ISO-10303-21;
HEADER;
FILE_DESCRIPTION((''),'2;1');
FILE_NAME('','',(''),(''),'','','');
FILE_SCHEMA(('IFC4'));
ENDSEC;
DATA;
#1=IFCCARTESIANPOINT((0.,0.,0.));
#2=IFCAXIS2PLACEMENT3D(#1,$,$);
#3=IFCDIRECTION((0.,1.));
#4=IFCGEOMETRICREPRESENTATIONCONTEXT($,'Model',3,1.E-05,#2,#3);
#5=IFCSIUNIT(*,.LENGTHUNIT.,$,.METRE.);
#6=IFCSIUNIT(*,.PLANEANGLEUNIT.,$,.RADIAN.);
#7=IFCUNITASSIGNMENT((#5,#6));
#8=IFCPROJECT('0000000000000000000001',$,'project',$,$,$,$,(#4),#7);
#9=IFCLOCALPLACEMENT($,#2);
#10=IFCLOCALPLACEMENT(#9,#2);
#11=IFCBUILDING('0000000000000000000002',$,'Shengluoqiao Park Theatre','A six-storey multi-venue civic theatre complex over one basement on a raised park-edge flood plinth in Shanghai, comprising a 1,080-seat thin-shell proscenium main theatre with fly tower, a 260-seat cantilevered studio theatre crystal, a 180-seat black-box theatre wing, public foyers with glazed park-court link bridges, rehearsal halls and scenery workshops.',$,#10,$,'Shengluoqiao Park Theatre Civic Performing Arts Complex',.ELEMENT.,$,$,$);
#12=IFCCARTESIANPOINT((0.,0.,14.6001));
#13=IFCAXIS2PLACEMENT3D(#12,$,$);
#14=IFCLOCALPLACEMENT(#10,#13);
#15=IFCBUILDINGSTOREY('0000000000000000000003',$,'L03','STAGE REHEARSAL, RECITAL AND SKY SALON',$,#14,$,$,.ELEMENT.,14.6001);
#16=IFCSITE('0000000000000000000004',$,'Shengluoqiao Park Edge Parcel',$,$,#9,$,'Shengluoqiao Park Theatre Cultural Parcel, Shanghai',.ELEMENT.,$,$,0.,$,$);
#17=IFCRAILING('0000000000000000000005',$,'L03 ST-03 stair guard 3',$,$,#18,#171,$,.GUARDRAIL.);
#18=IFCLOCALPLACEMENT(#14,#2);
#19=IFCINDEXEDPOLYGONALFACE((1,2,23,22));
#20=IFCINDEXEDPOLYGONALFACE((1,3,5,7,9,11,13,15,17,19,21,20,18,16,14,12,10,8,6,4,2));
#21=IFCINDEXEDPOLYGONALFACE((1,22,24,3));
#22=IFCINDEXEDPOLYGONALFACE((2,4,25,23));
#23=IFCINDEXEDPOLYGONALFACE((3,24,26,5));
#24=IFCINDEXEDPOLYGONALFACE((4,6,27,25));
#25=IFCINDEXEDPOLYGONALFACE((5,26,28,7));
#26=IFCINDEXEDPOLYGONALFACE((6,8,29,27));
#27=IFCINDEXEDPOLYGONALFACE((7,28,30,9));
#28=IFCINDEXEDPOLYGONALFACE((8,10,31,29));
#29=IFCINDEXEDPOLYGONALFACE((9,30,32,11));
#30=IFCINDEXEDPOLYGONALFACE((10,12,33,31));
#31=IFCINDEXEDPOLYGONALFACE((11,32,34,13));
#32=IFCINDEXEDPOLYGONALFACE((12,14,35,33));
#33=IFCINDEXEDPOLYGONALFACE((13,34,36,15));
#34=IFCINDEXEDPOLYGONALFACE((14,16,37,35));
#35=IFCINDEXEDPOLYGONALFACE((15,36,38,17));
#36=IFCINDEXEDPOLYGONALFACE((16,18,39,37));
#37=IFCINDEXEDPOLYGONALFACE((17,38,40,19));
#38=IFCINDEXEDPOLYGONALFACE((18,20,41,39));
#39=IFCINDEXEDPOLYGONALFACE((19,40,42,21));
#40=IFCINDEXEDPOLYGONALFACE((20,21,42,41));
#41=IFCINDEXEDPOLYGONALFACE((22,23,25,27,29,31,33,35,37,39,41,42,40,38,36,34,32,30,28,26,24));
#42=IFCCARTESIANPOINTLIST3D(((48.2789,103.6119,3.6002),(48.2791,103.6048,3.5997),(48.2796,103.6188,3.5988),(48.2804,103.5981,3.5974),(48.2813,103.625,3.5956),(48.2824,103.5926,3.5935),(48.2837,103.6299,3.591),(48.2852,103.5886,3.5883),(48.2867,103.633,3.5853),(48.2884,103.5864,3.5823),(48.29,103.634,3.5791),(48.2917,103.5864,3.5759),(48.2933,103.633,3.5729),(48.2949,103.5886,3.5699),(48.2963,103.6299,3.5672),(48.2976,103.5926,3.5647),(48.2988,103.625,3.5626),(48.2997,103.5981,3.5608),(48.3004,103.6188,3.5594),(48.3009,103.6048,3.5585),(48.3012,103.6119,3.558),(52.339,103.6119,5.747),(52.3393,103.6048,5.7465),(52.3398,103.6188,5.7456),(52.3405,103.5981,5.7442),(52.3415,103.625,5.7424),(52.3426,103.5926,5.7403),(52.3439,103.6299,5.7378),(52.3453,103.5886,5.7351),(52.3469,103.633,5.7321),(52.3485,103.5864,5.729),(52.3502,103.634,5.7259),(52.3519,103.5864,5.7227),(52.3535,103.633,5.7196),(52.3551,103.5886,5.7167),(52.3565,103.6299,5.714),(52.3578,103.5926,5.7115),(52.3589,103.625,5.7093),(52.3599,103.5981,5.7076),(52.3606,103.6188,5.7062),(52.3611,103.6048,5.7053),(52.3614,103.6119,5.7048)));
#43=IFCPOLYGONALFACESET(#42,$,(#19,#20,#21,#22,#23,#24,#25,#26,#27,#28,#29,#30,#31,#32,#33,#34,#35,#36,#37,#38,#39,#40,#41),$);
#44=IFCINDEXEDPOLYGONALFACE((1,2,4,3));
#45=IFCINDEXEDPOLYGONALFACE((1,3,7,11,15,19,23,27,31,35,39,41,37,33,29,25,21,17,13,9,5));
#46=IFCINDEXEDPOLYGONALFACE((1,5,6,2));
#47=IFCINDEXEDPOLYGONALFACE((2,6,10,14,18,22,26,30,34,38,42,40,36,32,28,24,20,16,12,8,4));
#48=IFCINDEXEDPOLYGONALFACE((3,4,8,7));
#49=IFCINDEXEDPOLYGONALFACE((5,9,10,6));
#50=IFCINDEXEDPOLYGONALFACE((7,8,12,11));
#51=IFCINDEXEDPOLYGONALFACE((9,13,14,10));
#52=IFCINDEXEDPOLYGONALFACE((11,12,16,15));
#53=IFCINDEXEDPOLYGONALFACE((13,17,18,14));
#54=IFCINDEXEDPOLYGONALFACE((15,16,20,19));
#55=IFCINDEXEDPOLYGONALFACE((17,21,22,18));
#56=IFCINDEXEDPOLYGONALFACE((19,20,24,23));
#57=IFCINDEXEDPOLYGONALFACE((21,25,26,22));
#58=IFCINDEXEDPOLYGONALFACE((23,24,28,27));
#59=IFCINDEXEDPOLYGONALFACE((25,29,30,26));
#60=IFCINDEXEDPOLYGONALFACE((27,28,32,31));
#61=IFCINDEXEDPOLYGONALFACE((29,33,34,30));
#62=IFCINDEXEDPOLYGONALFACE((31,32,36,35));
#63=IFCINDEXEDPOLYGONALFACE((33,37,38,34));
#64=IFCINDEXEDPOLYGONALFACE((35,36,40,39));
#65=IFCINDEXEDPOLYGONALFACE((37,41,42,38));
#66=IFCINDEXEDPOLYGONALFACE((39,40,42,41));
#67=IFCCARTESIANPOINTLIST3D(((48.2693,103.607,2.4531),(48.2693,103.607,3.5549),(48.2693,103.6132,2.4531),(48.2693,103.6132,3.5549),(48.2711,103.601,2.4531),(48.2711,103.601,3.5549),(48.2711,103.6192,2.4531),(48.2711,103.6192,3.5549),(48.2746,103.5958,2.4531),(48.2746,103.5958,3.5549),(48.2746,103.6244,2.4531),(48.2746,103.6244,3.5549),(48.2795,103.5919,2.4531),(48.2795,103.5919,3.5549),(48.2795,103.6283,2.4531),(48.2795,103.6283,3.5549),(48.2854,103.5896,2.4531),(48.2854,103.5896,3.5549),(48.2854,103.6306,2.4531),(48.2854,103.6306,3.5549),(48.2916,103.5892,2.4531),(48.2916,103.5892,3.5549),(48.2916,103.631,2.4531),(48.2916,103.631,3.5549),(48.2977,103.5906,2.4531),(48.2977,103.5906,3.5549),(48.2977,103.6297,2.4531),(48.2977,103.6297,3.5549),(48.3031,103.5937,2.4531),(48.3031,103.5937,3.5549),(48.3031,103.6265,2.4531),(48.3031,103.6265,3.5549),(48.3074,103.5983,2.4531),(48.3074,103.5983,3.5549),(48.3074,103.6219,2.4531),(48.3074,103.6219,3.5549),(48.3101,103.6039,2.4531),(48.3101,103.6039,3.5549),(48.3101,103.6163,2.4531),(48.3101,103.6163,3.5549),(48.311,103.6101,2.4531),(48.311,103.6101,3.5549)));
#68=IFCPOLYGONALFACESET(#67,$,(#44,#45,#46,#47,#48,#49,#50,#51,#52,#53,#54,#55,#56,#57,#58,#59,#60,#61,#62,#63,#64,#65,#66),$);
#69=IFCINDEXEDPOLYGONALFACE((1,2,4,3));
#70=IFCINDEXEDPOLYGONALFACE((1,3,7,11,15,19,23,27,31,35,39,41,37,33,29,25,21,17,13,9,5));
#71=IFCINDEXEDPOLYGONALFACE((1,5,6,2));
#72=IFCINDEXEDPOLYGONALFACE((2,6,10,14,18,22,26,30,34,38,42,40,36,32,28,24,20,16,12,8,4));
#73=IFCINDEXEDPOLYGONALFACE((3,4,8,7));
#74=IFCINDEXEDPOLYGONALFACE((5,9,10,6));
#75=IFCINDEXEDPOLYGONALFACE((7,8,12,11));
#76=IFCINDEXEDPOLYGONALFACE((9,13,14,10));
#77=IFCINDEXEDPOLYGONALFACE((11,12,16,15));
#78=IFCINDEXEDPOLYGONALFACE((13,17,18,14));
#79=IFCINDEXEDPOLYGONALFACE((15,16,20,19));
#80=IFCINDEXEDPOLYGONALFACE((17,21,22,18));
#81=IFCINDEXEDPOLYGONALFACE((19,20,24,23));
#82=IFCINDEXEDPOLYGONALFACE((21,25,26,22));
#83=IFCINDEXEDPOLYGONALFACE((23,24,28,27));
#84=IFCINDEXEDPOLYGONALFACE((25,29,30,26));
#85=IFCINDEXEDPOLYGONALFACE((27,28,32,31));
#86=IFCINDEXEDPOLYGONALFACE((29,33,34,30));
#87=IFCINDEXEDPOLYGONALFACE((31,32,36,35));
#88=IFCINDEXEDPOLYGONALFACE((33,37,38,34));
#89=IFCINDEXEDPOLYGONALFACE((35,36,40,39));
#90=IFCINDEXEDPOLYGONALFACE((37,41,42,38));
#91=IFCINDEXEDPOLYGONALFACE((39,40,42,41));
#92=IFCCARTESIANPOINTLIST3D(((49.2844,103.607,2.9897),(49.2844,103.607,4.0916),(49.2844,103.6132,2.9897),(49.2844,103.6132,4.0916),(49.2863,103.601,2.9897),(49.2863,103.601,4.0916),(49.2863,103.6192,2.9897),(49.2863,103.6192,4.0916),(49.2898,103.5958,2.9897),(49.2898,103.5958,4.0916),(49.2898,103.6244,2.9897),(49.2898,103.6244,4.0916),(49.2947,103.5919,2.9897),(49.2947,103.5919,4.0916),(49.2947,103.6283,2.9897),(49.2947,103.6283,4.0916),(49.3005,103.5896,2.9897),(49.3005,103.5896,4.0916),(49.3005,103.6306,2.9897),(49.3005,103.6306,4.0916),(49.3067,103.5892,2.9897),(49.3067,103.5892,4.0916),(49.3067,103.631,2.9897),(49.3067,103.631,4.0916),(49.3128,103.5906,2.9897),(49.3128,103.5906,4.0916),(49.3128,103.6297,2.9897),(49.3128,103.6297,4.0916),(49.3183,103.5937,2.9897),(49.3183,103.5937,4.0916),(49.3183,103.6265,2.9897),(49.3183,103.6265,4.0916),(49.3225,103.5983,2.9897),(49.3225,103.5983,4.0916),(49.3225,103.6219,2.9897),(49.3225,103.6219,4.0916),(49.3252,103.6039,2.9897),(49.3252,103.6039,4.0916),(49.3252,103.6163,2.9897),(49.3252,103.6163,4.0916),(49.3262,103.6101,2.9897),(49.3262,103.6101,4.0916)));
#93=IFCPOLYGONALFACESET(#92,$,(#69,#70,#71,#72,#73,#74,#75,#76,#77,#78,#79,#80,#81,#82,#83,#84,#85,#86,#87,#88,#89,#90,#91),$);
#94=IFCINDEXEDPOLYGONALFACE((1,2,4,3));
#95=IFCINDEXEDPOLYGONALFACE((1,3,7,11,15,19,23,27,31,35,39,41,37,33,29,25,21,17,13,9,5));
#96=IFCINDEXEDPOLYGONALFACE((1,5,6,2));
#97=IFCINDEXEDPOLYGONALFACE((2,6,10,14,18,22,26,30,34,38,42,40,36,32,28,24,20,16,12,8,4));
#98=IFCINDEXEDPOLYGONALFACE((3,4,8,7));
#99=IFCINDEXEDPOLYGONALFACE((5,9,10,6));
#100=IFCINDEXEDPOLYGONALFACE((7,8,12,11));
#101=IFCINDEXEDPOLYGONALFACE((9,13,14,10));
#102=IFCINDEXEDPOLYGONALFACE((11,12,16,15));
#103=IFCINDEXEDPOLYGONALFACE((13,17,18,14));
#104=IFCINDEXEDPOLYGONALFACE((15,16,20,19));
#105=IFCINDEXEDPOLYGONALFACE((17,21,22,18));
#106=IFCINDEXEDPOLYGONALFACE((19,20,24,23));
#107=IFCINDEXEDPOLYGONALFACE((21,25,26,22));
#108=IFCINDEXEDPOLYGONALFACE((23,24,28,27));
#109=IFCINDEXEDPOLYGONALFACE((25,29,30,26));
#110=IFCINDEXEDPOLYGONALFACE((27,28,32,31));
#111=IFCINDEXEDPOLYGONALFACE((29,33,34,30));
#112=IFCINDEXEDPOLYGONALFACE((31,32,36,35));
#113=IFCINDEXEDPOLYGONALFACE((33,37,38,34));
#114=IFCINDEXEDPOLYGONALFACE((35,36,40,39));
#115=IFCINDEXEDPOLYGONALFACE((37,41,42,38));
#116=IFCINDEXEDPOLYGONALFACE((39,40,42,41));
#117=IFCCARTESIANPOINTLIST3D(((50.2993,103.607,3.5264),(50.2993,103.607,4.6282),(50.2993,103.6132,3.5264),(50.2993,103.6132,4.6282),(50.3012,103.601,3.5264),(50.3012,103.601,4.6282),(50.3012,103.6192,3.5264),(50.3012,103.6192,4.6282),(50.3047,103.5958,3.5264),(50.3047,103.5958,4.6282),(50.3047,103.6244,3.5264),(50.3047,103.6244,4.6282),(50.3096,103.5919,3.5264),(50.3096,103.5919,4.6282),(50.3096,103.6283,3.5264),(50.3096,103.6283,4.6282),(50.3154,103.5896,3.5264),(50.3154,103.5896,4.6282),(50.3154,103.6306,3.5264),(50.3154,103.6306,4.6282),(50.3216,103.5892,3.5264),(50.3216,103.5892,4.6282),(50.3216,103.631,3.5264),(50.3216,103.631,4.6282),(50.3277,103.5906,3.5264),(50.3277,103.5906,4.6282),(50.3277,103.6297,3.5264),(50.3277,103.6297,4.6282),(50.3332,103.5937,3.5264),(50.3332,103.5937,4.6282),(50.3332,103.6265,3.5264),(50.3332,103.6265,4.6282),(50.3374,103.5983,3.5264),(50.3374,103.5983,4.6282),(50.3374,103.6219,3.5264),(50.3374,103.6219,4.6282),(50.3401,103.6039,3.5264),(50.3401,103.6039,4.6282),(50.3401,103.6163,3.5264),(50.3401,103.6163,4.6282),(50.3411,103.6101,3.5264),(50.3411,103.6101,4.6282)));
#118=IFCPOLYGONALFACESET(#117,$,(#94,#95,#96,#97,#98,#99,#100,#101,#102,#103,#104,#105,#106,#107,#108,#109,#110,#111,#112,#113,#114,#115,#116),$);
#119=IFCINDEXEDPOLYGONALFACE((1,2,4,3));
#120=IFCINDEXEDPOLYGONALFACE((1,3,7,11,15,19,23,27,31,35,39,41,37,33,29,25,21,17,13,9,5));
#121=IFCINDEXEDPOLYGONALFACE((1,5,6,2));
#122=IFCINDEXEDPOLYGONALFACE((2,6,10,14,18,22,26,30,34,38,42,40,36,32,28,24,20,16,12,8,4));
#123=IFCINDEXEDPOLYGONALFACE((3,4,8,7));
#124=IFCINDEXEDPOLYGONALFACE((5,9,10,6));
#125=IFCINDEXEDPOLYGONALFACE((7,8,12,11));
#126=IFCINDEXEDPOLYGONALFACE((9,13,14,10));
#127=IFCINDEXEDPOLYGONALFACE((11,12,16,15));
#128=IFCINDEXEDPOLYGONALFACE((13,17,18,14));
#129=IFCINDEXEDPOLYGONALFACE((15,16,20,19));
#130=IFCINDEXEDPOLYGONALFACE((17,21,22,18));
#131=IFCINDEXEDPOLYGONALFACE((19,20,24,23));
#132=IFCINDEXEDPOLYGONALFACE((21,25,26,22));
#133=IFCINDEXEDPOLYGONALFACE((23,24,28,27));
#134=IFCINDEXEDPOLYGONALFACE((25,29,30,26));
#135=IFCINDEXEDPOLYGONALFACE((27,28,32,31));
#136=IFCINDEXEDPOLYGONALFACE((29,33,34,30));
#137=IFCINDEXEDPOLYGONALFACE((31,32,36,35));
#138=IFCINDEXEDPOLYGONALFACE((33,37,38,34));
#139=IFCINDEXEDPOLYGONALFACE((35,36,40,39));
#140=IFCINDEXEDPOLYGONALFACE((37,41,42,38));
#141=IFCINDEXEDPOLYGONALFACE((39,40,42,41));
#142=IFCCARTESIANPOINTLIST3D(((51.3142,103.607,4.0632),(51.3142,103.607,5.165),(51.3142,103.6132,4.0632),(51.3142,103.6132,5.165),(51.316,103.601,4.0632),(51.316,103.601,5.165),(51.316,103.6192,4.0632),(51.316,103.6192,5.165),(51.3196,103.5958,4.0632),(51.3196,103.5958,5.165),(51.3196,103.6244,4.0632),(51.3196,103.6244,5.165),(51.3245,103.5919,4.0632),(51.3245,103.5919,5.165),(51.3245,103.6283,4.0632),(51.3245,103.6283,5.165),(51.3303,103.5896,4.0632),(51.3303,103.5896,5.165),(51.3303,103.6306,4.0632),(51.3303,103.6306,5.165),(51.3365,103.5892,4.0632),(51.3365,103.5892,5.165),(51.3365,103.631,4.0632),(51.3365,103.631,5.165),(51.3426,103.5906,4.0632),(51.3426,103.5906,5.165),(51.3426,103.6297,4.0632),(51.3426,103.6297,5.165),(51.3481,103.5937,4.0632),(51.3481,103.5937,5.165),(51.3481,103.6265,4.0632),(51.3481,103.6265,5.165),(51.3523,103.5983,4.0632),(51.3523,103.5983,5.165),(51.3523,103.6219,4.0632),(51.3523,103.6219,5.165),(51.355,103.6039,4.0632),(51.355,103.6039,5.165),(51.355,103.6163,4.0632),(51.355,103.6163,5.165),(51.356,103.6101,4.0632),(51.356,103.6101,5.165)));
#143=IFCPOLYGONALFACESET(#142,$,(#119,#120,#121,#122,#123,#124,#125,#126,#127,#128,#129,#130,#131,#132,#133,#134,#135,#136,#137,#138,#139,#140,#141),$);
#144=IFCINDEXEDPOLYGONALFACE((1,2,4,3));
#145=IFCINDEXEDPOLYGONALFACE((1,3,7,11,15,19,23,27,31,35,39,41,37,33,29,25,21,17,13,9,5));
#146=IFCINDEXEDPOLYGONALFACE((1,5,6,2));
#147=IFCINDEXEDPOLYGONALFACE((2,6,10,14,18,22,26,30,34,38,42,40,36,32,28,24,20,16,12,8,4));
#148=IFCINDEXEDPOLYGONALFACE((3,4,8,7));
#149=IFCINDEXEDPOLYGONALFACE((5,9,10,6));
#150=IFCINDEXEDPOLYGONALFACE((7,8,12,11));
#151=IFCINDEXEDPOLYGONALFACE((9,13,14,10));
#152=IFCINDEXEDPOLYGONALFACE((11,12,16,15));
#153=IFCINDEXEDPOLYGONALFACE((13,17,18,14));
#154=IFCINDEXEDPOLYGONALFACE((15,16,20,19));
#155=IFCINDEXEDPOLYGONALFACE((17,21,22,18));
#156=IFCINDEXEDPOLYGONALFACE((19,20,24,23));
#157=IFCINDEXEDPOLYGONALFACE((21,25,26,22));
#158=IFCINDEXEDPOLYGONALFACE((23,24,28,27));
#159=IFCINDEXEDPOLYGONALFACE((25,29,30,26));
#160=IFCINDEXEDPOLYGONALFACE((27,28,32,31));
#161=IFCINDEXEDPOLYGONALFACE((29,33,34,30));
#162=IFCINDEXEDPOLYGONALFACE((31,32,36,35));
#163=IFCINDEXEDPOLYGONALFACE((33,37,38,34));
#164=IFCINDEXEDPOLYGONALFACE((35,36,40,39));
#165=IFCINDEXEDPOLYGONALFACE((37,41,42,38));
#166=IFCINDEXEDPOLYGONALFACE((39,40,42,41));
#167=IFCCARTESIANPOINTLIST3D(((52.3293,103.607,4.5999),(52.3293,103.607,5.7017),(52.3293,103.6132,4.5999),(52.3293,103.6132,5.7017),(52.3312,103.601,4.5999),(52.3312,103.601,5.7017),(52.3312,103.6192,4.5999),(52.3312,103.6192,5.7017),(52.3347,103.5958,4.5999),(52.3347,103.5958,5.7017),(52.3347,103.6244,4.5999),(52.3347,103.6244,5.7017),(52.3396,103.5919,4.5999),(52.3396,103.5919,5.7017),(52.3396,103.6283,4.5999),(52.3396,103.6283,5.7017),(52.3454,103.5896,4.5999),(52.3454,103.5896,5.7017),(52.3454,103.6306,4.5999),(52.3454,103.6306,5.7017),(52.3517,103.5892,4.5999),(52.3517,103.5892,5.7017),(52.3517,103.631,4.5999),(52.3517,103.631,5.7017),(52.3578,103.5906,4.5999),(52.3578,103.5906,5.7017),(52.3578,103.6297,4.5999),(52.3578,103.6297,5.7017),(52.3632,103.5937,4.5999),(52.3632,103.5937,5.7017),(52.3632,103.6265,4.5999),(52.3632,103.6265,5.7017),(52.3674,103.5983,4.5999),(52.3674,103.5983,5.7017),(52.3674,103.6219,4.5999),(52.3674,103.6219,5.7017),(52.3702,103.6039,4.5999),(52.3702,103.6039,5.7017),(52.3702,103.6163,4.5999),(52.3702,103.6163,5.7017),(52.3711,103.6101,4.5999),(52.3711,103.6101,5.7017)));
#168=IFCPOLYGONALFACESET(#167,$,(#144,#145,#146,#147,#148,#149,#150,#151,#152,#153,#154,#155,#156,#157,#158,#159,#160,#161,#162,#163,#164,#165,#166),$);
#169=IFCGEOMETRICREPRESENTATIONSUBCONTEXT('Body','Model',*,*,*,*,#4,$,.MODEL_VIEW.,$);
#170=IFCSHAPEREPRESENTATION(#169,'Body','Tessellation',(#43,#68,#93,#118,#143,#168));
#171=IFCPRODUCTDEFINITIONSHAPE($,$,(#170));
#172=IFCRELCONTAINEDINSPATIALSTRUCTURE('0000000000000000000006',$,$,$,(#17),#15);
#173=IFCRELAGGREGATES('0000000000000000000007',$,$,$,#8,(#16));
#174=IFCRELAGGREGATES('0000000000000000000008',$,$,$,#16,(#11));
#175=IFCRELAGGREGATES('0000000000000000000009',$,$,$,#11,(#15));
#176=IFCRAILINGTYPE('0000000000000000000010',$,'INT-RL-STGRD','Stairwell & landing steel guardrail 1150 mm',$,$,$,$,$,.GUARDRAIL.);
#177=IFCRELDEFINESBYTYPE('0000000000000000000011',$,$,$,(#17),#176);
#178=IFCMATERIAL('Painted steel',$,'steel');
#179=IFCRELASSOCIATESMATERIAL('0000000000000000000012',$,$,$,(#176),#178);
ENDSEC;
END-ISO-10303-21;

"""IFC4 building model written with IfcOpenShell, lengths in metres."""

from ifc_helpers import new_model, si_unit, direction, frame, origin, origin_2d, place, context, subcontext, project, spatial, circle, extrude, material, type_object, element, save


model = new_model("IFC4")

# Units and contexts
model_context = context("Model", 3, precision=1e-05, world=origin(), true_north=direction((0.0, 1.0)))
body_context = subcontext(model_context, "Body", "Model", "MODEL_VIEW")
ifc_project = project(units=[si_unit("LENGTHUNIT", "METRE"), si_unit("PLANEANGLEUNIT", "RADIAN")], contexts=[model_context])

# Site, building, storey
site_placement = place(None, origin())
site = spatial("IfcSite", under=ifc_project, at=site_placement, Name="Shengluoqiao Park Edge Parcel", LongName="Shengluoqiao Park Theatre Cultural Parcel, Shanghai", CompositionType="ELEMENT", RefElevation=0.0)
building_placement = place(site_placement, origin())
building = spatial("IfcBuilding", under=site, at=building_placement, Name="Shengluoqiao Park Theatre", Description="A six-storey multi-venue civic theatre complex over one basement on a raised park-edge flood plinth in Shanghai, comprising a 1,080-seat thin-shell proscenium main theatre with fly tower, a 260-seat cantilevered studio theatre crystal, a 180-seat black-box theatre wing, public foyers with glazed park-court link bridges, rehearsal halls and scenery workshops.", LongName="Shengluoqiao Park Theatre Civic Performing Arts Complex", CompositionType="ELEMENT")
storey_placement = place(building_placement, frame((0.0, 0.0, 14.6001)))
storey = spatial("IfcBuildingStorey", under=building, at=storey_placement, Name="L03", Description="STAGE REHEARSAL, RECITAL AND SKY SALON", CompositionType="ELEMENT", Elevation=14.6001)

# Railing
ifc_material_1 = material(Name="Painted steel", Category="steel")
railing_type_1 = type_object("IfcRailingType", Name="INT-RL-STGRD", Description="Stairwell & landing steel guardrail 1150 mm", PredefinedType="GUARDRAIL", material=ifc_material_1)
railing_1_placement = place(storey_placement, frame((48.29, 103.6101, 2.4531)))
element("IfcRailing", 1, at=railing_1_placement, inside=storey, type_object=railing_type_1, Name="L03 ST-03 stair guard 3", PredefinedType="GUARDRAIL", context=body_context, shape_type="SweptSolid", body=[
    extrude(circle(Radius=0.0239, at=origin_2d()), frame((0.0, 0.0, 1.126), z_axis=(0.884032, 0.0, 0.467426), x_axis=(0.0, 1.0, 0.0)), (0.0, 0.0, 1.0), 4.5928),
    extrude(circle(Radius=0.021, at=origin_2d()), origin(), (0.0, 0.0, 1.0), 1.1018),
    extrude(circle(Radius=0.021, at=origin_2d()), frame((1.0151, 0.0, 0.5366)), (0.0, 0.0, 1.0), 1.1018),
    extrude(circle(Radius=0.021, at=origin_2d()), frame((2.03, 0.0, 1.0732)), (0.0, 0.0, 1.0), 1.1018),
    extrude(circle(Radius=0.021, at=origin_2d()), frame((3.0449, 0.0, 1.6101)), (0.0, 0.0, 1.0), 1.1018),
    extrude(circle(Radius=0.021, at=origin_2d()), frame((4.0601, 0.0, 2.1467)), (0.0, 0.0, 1.0), 1.1018),
])

save(model, "model.ifc")
